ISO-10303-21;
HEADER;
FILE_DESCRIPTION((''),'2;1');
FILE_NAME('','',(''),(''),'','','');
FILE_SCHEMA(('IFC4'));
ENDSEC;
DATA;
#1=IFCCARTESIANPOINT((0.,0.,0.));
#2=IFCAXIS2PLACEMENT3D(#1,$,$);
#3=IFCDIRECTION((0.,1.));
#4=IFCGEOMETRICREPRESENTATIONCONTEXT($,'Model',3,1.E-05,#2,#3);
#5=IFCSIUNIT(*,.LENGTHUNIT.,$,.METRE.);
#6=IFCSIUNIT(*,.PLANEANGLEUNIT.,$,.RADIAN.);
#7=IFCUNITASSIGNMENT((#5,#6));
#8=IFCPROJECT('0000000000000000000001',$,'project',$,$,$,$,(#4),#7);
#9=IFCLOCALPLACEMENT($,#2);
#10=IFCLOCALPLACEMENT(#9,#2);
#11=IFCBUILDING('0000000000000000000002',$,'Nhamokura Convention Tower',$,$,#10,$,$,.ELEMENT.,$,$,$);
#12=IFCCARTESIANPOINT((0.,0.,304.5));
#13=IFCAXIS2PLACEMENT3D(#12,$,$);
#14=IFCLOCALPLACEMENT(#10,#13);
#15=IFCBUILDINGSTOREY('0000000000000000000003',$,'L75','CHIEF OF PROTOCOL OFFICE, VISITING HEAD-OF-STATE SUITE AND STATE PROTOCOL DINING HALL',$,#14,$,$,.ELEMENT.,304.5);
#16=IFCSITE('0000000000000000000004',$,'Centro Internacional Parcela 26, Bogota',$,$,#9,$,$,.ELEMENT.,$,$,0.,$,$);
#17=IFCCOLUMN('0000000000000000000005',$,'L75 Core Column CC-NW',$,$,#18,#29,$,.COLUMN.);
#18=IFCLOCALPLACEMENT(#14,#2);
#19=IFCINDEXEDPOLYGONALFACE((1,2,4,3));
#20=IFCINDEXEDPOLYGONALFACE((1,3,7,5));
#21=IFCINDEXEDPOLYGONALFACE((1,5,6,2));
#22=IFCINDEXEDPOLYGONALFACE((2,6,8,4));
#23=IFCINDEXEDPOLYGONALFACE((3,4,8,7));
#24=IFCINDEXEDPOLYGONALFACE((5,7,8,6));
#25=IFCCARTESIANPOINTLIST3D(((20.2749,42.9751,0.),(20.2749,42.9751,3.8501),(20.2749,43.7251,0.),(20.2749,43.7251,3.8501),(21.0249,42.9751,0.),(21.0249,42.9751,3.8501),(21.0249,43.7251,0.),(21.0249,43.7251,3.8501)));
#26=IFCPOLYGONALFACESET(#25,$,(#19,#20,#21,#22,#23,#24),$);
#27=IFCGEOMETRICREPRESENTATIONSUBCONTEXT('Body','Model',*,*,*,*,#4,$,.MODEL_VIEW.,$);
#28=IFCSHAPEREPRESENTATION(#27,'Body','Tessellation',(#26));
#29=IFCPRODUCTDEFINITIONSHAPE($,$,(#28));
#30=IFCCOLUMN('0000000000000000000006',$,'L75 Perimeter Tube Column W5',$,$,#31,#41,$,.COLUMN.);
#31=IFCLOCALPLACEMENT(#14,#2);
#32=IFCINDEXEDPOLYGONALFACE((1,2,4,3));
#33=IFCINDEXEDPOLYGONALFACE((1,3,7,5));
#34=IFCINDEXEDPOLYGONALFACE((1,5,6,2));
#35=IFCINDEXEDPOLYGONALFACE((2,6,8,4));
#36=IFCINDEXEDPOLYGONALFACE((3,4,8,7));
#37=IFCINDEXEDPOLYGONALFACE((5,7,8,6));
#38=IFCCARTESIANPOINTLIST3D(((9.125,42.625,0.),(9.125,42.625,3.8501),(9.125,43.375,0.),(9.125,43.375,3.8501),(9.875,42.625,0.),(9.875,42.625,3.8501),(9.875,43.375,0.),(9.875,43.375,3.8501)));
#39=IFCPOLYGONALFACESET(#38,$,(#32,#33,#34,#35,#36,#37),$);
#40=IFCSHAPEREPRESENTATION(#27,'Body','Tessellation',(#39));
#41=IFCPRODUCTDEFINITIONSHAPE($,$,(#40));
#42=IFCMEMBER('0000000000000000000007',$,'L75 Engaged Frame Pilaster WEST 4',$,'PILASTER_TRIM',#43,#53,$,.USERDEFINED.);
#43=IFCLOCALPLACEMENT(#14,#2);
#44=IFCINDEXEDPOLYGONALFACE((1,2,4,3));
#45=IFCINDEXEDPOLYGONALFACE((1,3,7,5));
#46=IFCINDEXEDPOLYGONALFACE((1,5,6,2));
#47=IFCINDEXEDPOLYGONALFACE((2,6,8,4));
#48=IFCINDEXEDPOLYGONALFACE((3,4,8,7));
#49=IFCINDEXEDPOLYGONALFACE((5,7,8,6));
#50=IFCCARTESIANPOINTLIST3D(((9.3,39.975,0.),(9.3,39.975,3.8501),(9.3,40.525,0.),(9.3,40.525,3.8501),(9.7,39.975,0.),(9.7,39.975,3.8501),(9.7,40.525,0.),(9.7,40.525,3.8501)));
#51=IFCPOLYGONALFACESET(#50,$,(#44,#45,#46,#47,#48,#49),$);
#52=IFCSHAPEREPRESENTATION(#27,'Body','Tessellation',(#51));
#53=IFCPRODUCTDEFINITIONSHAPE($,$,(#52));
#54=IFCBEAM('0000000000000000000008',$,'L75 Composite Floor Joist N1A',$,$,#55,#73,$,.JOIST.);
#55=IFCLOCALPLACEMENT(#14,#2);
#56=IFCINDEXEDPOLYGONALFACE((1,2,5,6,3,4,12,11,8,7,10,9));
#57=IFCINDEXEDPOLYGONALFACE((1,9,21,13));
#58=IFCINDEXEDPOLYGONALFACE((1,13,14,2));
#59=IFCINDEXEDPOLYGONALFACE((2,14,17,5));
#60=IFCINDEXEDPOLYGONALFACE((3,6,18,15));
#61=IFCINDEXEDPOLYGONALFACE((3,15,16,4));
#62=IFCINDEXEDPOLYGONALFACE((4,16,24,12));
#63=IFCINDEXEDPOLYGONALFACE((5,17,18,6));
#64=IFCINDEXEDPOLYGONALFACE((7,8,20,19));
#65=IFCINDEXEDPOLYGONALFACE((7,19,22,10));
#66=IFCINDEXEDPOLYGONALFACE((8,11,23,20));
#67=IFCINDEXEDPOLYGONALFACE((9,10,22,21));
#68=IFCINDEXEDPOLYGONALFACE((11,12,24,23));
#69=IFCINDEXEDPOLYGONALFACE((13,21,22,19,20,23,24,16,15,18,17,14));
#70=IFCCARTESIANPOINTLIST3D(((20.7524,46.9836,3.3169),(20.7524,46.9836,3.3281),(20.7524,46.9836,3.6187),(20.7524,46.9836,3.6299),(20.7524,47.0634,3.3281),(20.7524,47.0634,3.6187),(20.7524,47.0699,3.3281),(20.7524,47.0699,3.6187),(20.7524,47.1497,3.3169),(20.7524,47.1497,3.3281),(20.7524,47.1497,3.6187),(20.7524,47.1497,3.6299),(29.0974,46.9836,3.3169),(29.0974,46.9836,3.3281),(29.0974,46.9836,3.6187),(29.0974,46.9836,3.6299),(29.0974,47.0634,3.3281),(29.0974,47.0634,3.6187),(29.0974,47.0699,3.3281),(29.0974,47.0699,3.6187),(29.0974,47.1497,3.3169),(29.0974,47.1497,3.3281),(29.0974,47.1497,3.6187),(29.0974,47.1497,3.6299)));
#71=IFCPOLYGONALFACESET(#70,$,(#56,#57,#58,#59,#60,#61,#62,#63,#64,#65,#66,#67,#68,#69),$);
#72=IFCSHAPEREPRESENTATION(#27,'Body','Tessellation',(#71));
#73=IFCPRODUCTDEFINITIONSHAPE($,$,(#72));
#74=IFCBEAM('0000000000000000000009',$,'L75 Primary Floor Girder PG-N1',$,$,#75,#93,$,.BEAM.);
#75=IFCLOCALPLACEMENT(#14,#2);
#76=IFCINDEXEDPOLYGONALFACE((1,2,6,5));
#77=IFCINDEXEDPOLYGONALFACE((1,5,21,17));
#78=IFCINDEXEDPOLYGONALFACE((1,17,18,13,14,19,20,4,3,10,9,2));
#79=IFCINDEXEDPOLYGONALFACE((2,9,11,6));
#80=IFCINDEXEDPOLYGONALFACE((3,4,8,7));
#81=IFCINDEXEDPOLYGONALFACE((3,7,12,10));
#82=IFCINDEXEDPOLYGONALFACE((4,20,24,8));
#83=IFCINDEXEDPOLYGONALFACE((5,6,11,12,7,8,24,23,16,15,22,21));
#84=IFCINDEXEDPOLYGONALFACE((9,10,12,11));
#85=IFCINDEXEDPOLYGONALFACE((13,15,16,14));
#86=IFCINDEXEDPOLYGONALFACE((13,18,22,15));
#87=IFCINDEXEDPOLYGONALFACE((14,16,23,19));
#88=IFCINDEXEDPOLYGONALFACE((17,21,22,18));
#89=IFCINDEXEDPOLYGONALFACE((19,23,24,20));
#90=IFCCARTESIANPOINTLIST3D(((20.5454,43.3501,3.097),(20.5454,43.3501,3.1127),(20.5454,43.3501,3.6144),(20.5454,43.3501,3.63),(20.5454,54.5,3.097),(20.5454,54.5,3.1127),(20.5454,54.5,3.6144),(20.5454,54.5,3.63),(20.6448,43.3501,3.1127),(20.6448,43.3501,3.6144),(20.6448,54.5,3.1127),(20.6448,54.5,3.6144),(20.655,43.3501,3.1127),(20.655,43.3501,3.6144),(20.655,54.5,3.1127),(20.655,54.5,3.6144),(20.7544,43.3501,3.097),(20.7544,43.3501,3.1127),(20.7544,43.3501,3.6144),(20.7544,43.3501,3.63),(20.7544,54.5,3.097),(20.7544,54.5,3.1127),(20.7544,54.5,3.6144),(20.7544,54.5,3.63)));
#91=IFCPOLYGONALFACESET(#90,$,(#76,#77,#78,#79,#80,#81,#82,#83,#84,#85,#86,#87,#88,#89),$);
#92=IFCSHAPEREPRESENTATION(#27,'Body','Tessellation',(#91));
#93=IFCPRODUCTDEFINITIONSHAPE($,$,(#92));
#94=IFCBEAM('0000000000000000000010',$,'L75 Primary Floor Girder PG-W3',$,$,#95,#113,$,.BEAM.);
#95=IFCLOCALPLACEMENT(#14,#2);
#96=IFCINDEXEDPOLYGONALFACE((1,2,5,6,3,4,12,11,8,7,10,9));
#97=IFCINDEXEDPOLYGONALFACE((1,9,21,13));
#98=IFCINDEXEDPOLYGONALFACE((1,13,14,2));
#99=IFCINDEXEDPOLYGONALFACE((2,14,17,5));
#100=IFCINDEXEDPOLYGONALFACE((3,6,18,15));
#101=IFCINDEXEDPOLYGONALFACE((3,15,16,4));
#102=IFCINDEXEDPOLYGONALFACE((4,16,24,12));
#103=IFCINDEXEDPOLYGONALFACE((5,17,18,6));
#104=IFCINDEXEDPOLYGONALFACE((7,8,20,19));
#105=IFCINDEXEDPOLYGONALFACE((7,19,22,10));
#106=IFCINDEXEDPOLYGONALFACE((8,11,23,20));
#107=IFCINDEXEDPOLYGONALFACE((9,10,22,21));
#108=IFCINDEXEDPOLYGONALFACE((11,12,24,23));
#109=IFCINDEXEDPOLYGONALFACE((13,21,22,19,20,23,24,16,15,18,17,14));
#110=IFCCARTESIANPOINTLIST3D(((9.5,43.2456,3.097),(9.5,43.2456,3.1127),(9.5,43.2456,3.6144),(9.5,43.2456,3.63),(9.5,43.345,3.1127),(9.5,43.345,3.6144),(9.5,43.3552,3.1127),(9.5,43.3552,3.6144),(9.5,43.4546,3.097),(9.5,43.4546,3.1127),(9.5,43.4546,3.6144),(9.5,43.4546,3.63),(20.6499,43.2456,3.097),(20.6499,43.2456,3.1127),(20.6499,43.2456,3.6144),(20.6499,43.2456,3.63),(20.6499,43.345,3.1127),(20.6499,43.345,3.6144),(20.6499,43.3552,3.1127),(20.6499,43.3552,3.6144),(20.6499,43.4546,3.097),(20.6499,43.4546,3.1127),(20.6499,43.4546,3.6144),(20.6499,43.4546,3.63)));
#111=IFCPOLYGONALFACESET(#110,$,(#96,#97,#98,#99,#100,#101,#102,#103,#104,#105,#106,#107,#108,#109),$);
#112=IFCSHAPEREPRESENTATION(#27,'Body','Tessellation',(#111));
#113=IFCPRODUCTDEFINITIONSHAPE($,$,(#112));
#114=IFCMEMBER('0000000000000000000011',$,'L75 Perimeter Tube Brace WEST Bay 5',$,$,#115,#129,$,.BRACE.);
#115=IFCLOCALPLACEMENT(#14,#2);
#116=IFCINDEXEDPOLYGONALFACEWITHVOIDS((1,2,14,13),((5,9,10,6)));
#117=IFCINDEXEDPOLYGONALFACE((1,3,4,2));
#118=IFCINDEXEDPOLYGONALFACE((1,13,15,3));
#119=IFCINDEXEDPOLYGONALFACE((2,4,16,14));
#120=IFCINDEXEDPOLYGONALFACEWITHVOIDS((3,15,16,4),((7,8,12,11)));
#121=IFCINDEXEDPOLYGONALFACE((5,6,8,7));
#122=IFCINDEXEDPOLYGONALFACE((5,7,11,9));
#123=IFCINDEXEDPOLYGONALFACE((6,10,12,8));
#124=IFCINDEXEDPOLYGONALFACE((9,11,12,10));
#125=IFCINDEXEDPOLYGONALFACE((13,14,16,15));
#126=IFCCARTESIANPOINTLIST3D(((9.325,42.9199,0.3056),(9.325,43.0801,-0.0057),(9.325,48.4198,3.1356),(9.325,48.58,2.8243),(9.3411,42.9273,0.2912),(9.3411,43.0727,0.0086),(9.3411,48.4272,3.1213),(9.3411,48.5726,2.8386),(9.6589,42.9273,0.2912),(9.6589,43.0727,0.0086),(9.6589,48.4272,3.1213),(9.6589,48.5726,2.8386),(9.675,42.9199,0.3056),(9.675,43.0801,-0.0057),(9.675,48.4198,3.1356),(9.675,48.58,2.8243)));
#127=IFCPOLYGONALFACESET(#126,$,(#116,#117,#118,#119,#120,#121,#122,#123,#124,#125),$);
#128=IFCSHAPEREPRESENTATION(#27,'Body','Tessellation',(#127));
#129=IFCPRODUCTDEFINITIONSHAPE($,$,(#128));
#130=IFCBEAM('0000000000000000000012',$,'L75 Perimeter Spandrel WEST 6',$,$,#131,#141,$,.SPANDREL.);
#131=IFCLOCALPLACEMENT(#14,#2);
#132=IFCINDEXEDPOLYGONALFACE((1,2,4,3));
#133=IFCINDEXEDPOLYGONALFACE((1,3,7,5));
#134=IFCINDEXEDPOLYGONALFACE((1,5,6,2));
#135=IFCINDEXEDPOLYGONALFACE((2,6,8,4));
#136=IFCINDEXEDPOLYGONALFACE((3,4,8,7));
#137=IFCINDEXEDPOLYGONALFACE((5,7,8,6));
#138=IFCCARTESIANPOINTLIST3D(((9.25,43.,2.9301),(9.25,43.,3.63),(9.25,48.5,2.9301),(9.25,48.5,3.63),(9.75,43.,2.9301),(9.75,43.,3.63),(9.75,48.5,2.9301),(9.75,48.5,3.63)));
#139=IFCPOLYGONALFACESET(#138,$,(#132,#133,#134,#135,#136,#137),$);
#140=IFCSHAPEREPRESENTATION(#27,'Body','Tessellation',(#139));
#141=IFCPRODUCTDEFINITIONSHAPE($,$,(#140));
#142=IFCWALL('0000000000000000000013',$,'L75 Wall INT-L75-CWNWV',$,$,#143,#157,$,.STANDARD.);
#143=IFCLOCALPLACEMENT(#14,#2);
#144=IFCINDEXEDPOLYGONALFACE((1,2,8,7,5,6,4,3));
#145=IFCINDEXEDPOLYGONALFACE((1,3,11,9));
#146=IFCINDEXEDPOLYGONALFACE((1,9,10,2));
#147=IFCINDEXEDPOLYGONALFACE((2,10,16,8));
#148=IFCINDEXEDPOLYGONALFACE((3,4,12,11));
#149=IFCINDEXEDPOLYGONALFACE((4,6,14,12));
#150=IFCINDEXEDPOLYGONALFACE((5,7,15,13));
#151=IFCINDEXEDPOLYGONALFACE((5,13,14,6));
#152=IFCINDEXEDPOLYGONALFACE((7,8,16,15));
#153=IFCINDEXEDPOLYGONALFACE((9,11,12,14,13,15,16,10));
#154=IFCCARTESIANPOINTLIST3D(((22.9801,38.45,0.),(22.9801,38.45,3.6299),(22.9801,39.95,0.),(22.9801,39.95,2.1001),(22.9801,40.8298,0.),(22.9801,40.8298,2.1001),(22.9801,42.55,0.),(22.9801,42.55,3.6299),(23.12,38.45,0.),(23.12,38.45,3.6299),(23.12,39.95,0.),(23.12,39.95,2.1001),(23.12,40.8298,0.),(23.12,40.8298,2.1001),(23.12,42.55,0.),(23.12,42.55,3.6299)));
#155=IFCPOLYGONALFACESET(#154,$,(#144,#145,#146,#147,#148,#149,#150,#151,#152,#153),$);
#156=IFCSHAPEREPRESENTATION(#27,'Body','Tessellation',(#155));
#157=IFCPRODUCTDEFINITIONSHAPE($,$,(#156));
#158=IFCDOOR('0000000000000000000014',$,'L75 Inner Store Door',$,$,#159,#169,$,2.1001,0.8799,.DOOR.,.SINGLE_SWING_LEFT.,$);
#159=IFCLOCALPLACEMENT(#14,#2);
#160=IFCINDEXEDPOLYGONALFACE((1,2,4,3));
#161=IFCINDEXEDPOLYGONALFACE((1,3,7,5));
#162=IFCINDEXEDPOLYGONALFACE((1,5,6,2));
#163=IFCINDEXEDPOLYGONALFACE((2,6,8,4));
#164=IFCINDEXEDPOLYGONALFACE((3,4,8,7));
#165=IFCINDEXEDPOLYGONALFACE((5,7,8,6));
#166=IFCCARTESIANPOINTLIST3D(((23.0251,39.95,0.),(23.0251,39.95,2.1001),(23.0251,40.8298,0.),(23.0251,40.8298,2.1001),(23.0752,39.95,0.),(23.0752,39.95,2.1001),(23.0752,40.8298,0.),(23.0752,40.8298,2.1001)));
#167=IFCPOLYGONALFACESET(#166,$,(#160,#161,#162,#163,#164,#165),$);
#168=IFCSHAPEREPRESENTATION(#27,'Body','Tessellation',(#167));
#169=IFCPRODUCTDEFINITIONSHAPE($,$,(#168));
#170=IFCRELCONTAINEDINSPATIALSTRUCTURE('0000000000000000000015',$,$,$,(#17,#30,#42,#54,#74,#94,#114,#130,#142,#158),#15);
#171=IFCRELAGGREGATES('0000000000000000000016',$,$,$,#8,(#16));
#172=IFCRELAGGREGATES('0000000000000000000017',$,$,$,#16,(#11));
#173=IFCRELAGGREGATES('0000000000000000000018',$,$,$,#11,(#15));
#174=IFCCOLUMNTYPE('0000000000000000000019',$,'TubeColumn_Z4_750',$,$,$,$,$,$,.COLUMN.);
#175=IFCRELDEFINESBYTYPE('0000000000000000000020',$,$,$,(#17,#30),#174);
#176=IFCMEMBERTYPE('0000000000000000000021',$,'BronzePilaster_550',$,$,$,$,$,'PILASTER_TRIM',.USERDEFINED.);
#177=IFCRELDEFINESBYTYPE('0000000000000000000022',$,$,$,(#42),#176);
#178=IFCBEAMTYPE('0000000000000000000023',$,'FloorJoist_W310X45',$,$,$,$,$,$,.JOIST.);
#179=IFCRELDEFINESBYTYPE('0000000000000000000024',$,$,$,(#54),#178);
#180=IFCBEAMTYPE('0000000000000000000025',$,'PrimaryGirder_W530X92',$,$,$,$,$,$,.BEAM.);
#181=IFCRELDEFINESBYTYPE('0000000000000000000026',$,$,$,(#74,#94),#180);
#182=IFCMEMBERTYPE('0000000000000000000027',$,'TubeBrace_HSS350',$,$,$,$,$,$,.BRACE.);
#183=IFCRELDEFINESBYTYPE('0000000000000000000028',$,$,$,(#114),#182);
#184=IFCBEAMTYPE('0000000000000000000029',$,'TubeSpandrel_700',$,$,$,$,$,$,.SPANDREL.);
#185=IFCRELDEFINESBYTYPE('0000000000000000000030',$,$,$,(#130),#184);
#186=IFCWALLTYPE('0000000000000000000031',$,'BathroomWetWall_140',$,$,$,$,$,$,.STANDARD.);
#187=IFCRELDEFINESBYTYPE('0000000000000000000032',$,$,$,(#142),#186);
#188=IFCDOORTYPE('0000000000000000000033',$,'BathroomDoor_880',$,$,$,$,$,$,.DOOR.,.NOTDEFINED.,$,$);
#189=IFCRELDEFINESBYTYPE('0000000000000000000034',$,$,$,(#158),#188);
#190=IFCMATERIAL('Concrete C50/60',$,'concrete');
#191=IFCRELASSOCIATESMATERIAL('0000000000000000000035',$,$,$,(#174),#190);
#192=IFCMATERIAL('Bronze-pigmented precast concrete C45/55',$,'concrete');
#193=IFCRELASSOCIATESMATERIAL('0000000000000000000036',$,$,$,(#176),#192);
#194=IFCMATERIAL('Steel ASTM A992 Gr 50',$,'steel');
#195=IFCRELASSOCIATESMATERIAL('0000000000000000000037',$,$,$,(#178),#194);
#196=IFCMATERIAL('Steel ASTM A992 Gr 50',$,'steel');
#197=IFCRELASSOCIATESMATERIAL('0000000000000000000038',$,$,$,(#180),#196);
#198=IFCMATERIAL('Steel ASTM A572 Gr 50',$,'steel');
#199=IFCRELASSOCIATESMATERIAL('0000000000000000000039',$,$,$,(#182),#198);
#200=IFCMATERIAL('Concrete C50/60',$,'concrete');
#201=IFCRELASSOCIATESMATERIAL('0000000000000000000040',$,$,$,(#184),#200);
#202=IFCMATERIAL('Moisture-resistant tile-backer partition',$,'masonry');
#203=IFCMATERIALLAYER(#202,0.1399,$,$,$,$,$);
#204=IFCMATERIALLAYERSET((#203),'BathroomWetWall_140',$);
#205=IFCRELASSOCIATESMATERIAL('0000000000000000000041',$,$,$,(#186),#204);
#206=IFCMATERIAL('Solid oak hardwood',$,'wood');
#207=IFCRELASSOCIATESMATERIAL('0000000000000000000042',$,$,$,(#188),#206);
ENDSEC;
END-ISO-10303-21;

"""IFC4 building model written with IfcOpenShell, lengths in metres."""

from ifc_helpers import new_model, si_unit, direction, frame, frame_2d, origin, origin_2d, place, context, subcontext, project, spatial, rectangle, hollow_rectangle, i_section, extrude, material, layer, layer_set, material_profile, profile_set, type_object, element, fill, save


model = new_model("IFC4")

# Units and contexts
model_context = context("Model", 3, precision=1e-05, world=origin(), true_north=direction((0.0, 1.0)))
body_context = subcontext(model_context, "Body", "Model", "MODEL_VIEW")
ifc_project = project(units=[si_unit("LENGTHUNIT", "METRE"), si_unit("PLANEANGLEUNIT", "RADIAN")], contexts=[model_context])

# Site, building, storey
site_placement = place(None, origin())
site = spatial("IfcSite", under=ifc_project, at=site_placement, Name="Centro Internacional Parcela 26, Bogota", CompositionType="ELEMENT", RefElevation=0.0)
building_placement = place(site_placement, origin())
building = spatial("IfcBuilding", under=site, at=building_placement, Name="Nhamokura Convention Tower", CompositionType="ELEMENT")
storey_placement = place(building_placement, frame((0.0, 0.0, 304.5)))
storey = spatial("IfcBuildingStorey", under=building, at=storey_placement, Name="L75", Description="CHIEF OF PROTOCOL OFFICE, VISITING HEAD-OF-STATE SUITE AND STATE PROTOCOL DINING HALL", CompositionType="ELEMENT", Elevation=304.5)

# Columns
ifc_material_1 = material(Name="Concrete C50/60", Category="concrete")
ifc_material_profile_1 = material_profile(ifc_material_1, rectangle(XDim=0.75, YDim=0.75, at=origin_2d()))
ifc_profile_set_1 = profile_set([ifc_material_profile_1], Name="Concrete C50/60")
column_type = type_object("IfcColumnType", Name="TubeColumn_Z4_750", PredefinedType="COLUMN", material=ifc_profile_set_1)
for number, where, z_axis, x_axis, name in (
    (1, (20.6499, 43.3501, 0.0), (0.0, 0.0, 1.0), (1.0, 0.0, 0.0), "L75 Core Column CC-NW"),
    (2, (9.5, 43.0, 0.0), (0.0, 0.0, 1.0), (1.0, 0.0, 0.0), "L75 Perimeter Tube Column W5"),
):
    element("IfcColumn", number, at=place(storey_placement, frame(where, z_axis=z_axis, x_axis=x_axis)), inside=storey, type_object=column_type, Name=name, PredefinedType="COLUMN", context=body_context, shape_type="SweptSolid", body=[
        extrude(rectangle(XDim=0.75, YDim=0.75, at=origin_2d()), origin(), (0.0, 0.0, 1.0), 3.8501),
    ])

# Member
ifc_material_2 = material(Name="Bronze-pigmented precast concrete C45/55", Category="concrete")
ifc_material_profile_2 = material_profile(ifc_material_2, rectangle(XDim=0.3999, YDim=0.55, at=origin_2d()))
ifc_profile_set_2 = profile_set([ifc_material_profile_2], Name="Bronze-pigmented precast concrete C45/55")
member_type_1 = type_object("IfcMemberType", Name="BronzePilaster_550", ElementType="PILASTER_TRIM", PredefinedType="USERDEFINED", material=ifc_profile_set_2)
member_1_placement = place(storey_placement, frame((9.5, 40.25, 0.0), z_axis=(0.0, 0.0, 1.0), x_axis=(1.0, 0.0, 0.0)))
element("IfcMember", 3, at=member_1_placement, inside=storey, type_object=member_type_1, Name="L75 Engaged Frame Pilaster WEST 4", ObjectType="PILASTER_TRIM", PredefinedType="USERDEFINED", context=body_context, shape_type="SweptSolid", body=[
    extrude(rectangle(XDim=0.3999, YDim=0.55, at=origin_2d()), origin(), (0.0, 0.0, 1.0), 3.8501),
])

# Beams
ifc_material_3 = material(Name="Steel ASTM A992 Gr 50", Category="steel")
ifc_material_profile_3 = material_profile(ifc_material_3, i_section(OverallWidth=0.166, OverallDepth=0.313, WebThickness=0.0066, FlangeThickness=0.0112, at=origin_2d()))
ifc_profile_set_3 = profile_set([ifc_material_profile_3], Name="Steel ASTM A992 Gr 50")
beam_type_1 = type_object("IfcBeamType", Name="FloorJoist_W310X45", PredefinedType="JOIST", material=ifc_profile_set_3)
beam_1_placement = place(storey_placement, frame((20.7524, 47.0667, 3.4734), z_axis=(1.0, 0.0, 0.0), x_axis=(0.0, 1.0, 0.0)))
element("IfcBeam", 4, at=beam_1_placement, inside=storey, type_object=beam_type_1, Name="L75 Composite Floor Joist N1A", PredefinedType="JOIST", context=body_context, shape_type="SweptSolid", body=[
    extrude(i_section(OverallWidth=0.166, OverallDepth=0.313, WebThickness=0.0066, FlangeThickness=0.0112, at=origin_2d()), origin(), (0.0, 0.0, 1.0), 8.345),
])
ifc_material_4 = material(Name="Steel ASTM A992 Gr 50", Category="steel")
ifc_material_profile_4 = material_profile(ifc_material_4, i_section(OverallWidth=0.209, OverallDepth=0.533, WebThickness=0.0103, FlangeThickness=0.0156, at=origin_2d()))
ifc_profile_set_4 = profile_set([ifc_material_profile_4], Name="Steel ASTM A992 Gr 50")
beam_type_2 = type_object("IfcBeamType", Name="PrimaryGirder_W530X92", PredefinedType="BEAM", material=ifc_profile_set_4)
for number, where, z_axis, x_axis, name in (
    (5, (20.6499, 43.3501, 3.3635), (0.0, 1.0, 0.0), (-1.0, 0.0, 0.0), "L75 Primary Floor Girder PG-N1"),
    (6, (9.5, 43.3501, 3.3635), (1.0, 0.0, 0.0), (0.0, 1.0, 0.0), "L75 Primary Floor Girder PG-W3"),
):
    element("IfcBeam", number, at=place(storey_placement, frame(where, z_axis=z_axis, x_axis=x_axis)), inside=storey, type_object=beam_type_2, Name=name, PredefinedType="BEAM", context=body_context, shape_type="SweptSolid", body=[
        extrude(i_section(OverallWidth=0.209, OverallDepth=0.533, WebThickness=0.0103, FlangeThickness=0.0156, at=origin_2d()), origin(), (0.0, 0.0, 1.0), 11.1499),
    ])

# Member
ifc_material_5 = material(Name="Steel ASTM A572 Gr 50", Category="steel")
ifc_material_profile_5 = material_profile(ifc_material_5, hollow_rectangle(XDim=0.3501, YDim=0.3501, WallThickness=0.0161, at=origin_2d()))
ifc_profile_set_5 = profile_set([ifc_material_profile_5], Name="Steel ASTM A572 Gr 50")
member_type_2 = type_object("IfcMemberType", Name="TubeBrace_HSS350", PredefinedType="BRACE", material=ifc_profile_set_5)
member_2_placement = place(storey_placement, frame((9.5, 43.0, 0.1499), z_axis=(0.0, 0.889189, 0.457541), x_axis=(-1.0, 0.0, 0.0)))
element("IfcMember", 7, at=member_2_placement, inside=storey, type_object=member_type_2, Name="L75 Perimeter Tube Brace WEST Bay 5", PredefinedType="BRACE", context=body_context, shape_type="SweptSolid", body=[
    extrude(hollow_rectangle(XDim=0.3501, YDim=0.3501, WallThickness=0.0161, at=origin_2d()), origin(), (0.0, 0.0, 1.0), 6.1853),
])

# Beam
ifc_material_6 = material(Name="Concrete C50/60", Category="concrete")
ifc_material_profile_6 = material_profile(ifc_material_6, rectangle(XDim=0.5, YDim=0.7, at=origin_2d()))
ifc_profile_set_6 = profile_set([ifc_material_profile_6], Name="Concrete C50/60")
beam_type_3 = type_object("IfcBeamType", Name="TubeSpandrel_700", PredefinedType="SPANDREL", material=ifc_profile_set_6)
beam_2_placement = place(storey_placement, frame((9.5, 43.0, 3.28), z_axis=(0.0, 1.0, 0.0), x_axis=(-1.0, 0.0, 0.0)))
element("IfcBeam", 8, at=beam_2_placement, inside=storey, type_object=beam_type_3, Name="L75 Perimeter Spandrel WEST 6", PredefinedType="SPANDREL", context=body_context, shape_type="SweptSolid", body=[
    extrude(rectangle(XDim=0.5, YDim=0.7, at=origin_2d()), origin(), (0.0, 0.0, 1.0), 5.5),
])

# Wall, opening, door
ifc_material_7 = material(Name="Moisture-resistant tile-backer partition", Category="masonry")
ifc_layer_1 = layer(ifc_material_7, 0.1399)
ifc_layer_set_1 = layer_set([ifc_layer_1], Name="BathroomWetWall_140")
wall_type_1 = type_object("IfcWallType", Name="BathroomWetWall_140", PredefinedType="STANDARD", material=ifc_layer_set_1)
wall_1_placement = place(storey_placement, frame((23.05, 38.45, 0.0), z_axis=(0.0, 0.0, 1.0), x_axis=(0.0, 1.0, 0.0)))
wall_1 = element("IfcWall", 9, at=wall_1_placement, inside=storey, type_object=wall_type_1, Name="L75 Wall INT-L75-CWNWV", PredefinedType="STANDARD", context=body_context, shape_type="SweptSolid", body=[
    extrude(rectangle(XDim=4.1001, YDim=0.1399, at=frame_2d((2.05, 0.0))), origin(), (0.0, 0.0, 1.0), 3.6299),
])
opening_1_placement = place(wall_1_placement, frame((1.5, 0.0, 0.0)))
opening_1 = element("IfcOpeningElement", 10, at=opening_1_placement, cuts=wall_1, PredefinedType="OPENING", context=body_context, shape_type="SweptSolid", body=[
    extrude(rectangle(XDim=0.8799, YDim=2.1001, at=frame_2d((0.4399, 1.05))), frame((0.0, 0.0798, 0.0), z_axis=(0.0, -1.0, 0.0), x_axis=(1.0, 0.0, 0.0)), (0.0, 0.0, 1.0), 0.1599),
])
ifc_material_8 = material(Name="Solid oak hardwood", Category="wood")
door_type_1 = type_object("IfcDoorType", Name="BathroomDoor_880", OperationType="NOTDEFINED", PredefinedType="DOOR", material=ifc_material_8)
door_1_placement = place(opening_1_placement, origin())
door_1 = element("IfcDoor", 11, at=door_1_placement, inside=storey, type_object=door_type_1, Name="L75 Inner Store Door", OperationType="SINGLE_SWING_LEFT", OverallHeight=2.1001, OverallWidth=0.8799, PredefinedType="DOOR", context=body_context, shape_type="SweptSolid", body=[
    extrude(rectangle(XDim=0.8799, YDim=2.1001, at=frame_2d((0.4399, 1.05))), frame((0.0, 0.0249, 0.0), z_axis=(0.0, -1.0, 0.0), x_axis=(1.0, 0.0, 0.0)), (0.0, 0.0, 1.0), 0.05),
])
fill(opening_1, door_1)

save(model, "model.ifc")
